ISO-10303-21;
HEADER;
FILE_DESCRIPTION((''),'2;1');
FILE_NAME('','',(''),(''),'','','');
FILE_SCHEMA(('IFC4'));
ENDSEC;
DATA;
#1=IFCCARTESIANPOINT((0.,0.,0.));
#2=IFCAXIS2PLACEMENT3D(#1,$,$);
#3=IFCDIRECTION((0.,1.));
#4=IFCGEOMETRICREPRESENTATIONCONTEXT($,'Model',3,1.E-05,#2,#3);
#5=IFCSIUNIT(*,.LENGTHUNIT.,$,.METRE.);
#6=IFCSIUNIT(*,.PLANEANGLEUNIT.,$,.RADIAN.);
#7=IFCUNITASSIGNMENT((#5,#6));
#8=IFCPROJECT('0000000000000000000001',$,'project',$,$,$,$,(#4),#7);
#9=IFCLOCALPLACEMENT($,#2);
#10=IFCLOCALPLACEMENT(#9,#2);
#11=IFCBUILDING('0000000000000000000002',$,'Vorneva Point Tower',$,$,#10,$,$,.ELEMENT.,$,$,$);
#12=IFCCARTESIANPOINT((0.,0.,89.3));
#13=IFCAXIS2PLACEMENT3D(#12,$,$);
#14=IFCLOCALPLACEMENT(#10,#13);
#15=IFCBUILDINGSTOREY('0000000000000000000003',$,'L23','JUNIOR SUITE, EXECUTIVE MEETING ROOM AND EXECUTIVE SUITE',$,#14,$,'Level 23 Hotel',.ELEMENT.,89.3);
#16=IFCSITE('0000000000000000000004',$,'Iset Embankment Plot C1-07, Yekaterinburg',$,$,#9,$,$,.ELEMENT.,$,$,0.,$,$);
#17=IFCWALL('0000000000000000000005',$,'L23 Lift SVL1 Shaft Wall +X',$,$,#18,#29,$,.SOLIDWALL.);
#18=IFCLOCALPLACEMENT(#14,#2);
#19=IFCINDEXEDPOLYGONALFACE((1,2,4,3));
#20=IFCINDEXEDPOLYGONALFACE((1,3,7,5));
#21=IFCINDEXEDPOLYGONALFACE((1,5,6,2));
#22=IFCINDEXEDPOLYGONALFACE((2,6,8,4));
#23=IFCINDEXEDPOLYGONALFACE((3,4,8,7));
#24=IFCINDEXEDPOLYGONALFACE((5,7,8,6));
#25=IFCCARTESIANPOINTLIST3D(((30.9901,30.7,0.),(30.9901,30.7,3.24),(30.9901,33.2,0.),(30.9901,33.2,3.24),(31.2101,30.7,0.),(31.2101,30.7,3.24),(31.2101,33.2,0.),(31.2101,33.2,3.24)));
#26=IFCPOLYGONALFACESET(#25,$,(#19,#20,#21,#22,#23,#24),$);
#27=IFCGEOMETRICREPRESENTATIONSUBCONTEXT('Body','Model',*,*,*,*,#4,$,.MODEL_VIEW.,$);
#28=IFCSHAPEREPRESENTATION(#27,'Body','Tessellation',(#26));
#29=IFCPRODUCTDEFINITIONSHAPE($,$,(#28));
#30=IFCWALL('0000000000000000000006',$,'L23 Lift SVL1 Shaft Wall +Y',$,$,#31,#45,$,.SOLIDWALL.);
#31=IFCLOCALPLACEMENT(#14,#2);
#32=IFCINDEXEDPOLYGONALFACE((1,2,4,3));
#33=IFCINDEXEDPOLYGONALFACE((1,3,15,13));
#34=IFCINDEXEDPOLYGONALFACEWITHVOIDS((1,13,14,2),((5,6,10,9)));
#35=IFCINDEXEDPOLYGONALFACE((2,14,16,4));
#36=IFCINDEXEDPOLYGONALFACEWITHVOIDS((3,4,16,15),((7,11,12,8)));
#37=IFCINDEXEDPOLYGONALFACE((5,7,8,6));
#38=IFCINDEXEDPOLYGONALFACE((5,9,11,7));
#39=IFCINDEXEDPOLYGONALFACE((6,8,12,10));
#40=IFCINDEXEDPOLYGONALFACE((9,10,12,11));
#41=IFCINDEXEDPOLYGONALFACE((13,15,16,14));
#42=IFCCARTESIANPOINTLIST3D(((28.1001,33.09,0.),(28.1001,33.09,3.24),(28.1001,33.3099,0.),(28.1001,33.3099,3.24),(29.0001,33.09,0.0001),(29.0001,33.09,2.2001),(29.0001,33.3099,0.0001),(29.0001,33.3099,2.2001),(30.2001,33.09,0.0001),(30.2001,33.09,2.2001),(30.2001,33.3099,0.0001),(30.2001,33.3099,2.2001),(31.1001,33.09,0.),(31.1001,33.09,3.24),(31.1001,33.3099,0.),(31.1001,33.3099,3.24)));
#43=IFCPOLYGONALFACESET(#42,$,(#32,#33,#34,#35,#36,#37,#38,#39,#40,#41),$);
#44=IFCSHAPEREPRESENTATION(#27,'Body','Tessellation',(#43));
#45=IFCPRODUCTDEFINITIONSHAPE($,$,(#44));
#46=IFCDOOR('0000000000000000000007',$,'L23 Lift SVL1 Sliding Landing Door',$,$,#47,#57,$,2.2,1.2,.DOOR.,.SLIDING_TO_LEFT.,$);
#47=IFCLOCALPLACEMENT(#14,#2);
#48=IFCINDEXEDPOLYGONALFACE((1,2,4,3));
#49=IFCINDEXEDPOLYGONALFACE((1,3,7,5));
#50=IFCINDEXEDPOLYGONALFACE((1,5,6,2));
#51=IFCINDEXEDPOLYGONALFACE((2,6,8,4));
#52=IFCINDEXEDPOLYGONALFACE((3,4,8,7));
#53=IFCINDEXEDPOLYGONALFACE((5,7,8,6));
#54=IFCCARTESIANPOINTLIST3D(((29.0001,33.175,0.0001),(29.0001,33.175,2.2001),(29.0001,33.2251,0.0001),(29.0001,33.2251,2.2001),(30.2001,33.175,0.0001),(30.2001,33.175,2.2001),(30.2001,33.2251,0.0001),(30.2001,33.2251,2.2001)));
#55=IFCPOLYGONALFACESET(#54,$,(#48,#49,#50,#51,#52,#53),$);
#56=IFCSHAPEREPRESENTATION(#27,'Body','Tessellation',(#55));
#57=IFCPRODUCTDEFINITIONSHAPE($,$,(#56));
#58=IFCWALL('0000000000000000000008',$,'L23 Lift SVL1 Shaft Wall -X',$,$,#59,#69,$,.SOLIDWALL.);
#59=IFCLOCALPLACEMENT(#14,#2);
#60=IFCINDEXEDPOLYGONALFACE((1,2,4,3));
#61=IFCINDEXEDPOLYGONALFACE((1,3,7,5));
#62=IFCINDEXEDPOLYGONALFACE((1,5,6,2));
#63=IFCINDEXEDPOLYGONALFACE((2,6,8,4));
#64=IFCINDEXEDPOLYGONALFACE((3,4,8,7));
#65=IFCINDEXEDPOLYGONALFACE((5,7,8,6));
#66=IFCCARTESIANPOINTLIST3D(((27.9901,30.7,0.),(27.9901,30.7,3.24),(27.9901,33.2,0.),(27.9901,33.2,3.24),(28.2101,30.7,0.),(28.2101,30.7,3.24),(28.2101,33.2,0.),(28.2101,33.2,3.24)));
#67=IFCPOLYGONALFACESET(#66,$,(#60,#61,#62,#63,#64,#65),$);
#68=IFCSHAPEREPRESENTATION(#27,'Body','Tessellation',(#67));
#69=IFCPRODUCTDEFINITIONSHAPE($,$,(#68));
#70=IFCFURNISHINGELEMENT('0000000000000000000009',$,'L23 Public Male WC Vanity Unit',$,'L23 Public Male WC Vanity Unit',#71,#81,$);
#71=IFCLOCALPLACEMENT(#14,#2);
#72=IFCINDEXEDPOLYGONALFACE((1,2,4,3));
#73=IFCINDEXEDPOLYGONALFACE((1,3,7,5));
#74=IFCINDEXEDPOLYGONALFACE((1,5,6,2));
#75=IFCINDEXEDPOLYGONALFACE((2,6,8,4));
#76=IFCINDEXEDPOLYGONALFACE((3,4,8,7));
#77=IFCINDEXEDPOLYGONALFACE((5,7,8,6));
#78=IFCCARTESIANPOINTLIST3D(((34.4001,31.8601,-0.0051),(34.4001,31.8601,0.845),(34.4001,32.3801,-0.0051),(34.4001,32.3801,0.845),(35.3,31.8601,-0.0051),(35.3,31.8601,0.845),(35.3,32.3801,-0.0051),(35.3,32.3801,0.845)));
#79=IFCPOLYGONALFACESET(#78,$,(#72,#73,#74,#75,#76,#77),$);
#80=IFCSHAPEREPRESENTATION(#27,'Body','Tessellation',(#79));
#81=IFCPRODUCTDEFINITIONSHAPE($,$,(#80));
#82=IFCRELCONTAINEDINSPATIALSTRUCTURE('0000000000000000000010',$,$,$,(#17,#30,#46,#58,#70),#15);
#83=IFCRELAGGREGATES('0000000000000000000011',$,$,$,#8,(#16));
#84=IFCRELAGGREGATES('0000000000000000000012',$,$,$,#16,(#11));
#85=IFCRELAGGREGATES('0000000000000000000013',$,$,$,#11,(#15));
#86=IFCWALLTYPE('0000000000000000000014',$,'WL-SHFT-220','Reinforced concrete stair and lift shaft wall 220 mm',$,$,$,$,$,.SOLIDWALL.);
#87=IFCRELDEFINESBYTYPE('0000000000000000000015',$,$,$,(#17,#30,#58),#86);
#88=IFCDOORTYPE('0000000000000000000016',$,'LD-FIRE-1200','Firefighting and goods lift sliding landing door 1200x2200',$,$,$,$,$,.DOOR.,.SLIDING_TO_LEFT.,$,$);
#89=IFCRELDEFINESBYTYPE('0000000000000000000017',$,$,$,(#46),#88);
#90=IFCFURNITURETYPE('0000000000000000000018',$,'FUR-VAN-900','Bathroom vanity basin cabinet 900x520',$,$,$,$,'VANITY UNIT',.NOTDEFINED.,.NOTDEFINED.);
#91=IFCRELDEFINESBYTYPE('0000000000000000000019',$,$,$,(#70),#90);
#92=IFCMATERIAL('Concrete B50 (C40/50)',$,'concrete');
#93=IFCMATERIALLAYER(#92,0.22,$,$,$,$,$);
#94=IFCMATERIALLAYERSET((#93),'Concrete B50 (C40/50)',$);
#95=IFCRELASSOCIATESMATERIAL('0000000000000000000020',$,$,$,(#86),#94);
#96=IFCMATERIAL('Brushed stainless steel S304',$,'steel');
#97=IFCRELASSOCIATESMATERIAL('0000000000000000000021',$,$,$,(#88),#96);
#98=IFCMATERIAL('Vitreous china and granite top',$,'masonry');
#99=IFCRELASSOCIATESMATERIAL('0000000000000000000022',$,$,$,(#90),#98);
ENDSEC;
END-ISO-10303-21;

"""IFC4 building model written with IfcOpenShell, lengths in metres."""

from ifc_helpers import new_model, si_unit, direction, frame, frame_2d, origin, origin_2d, place, context, subcontext, project, spatial, rectangle, extrude, material, layer, layer_set, type_object, element, fill, save


model = new_model("IFC4")

# Units and contexts
model_context = context("Model", 3, precision=1e-05, world=origin(), true_north=direction((0.0, 1.0)))
body_context = subcontext(model_context, "Body", "Model", "MODEL_VIEW")
ifc_project = project(units=[si_unit("LENGTHUNIT", "METRE"), si_unit("PLANEANGLEUNIT", "RADIAN")], contexts=[model_context])

# Site, building, storey
site_placement = place(None, origin())
site = spatial("IfcSite", under=ifc_project, at=site_placement, Name="Iset Embankment Plot C1-07, Yekaterinburg", CompositionType="ELEMENT", RefElevation=0.0)
building_placement = place(site_placement, origin())
building = spatial("IfcBuilding", under=site, at=building_placement, Name="Vorneva Point Tower", CompositionType="ELEMENT")
storey_placement = place(building_placement, frame((0.0, 0.0, 89.3)))
storey = spatial("IfcBuildingStorey", under=building, at=storey_placement, Name="L23", Description="JUNIOR SUITE, EXECUTIVE MEETING ROOM AND EXECUTIVE SUITE", LongName="Level 23 Hotel", CompositionType="ELEMENT", Elevation=89.3)

# Wall
ifc_material_1 = material(Name="Concrete B50 (C40/50)", Category="concrete")
ifc_layer_1 = layer(ifc_material_1, 0.22)
ifc_layer_set_1 = layer_set([ifc_layer_1], Name="Concrete B50 (C40/50)")
wall_type_1 = type_object("IfcWallType", Name="WL-SHFT-220", Description="Reinforced concrete stair and lift shaft wall 220 mm", PredefinedType="SOLIDWALL", material=ifc_layer_set_1)
wall_1_placement = place(storey_placement, frame((31.1001, 30.7, 0.0), z_axis=(0.0, 0.0, 1.0), x_axis=(0.0, 1.0, 0.0)))
element("IfcWall", 1, at=wall_1_placement, inside=storey, type_object=wall_type_1, Name="L23 Lift SVL1 Shaft Wall +X", PredefinedType="SOLIDWALL", context=body_context, shape_type="SweptSolid", body=[
    extrude(rectangle(XDim=2.5, YDim=0.22, at=frame_2d((1.25, 0.0))), origin(), (0.0, 0.0, 1.0), 3.24),
])

# Wall, opening, door
wall_2_placement = place(storey_placement, frame((31.1001, 33.2, 0.0), z_axis=(0.0, 0.0, 1.0), x_axis=(-1.0, 0.0, 0.0)))
wall_2 = element("IfcWall", 2, at=wall_2_placement, inside=storey, type_object=wall_type_1, Name="L23 Lift SVL1 Shaft Wall +Y", PredefinedType="SOLIDWALL", context=body_context, shape_type="SweptSolid", body=[
    extrude(rectangle(XDim=3.0, YDim=0.22, at=frame_2d((1.5, 0.0))), origin(), (0.0, 0.0, 1.0), 3.24),
])
opening_1_placement = place(wall_2_placement, frame((0.8999, 0.0, 0.0)))
opening_1 = element("IfcOpeningElement", 3, at=opening_1_placement, cuts=wall_2, PredefinedType="OPENING", context=body_context, shape_type="SweptSolid", body=[
    extrude(rectangle(XDim=1.2, YDim=2.2, at=frame_2d((0.6001, 1.1001))), frame((0.0, 0.125, 0.0), z_axis=(0.0, -1.0, 0.0), x_axis=(1.0, 0.0, 0.0)), (0.0, 0.0, 1.0), 0.2498),
])
ifc_material_2 = material(Name="Brushed stainless steel S304", Category="steel")
door_type_1 = type_object("IfcDoorType", Name="LD-FIRE-1200", Description="Firefighting and goods lift sliding landing door 1200x2200", OperationType="SLIDING_TO_LEFT", PredefinedType="DOOR", material=ifc_material_2)
door_1_placement = place(opening_1_placement, origin())
door_1 = element("IfcDoor", 4, at=door_1_placement, inside=storey, type_object=door_type_1, Name="L23 Lift SVL1 Sliding Landing Door", OperationType="SLIDING_TO_LEFT", OverallHeight=2.2, OverallWidth=1.2, PredefinedType="DOOR", context=body_context, shape_type="SweptSolid", body=[
    extrude(rectangle(XDim=1.2, YDim=2.2, at=frame_2d((0.6001, 1.1001))), frame((0.0, 0.0249, 0.0), z_axis=(0.0, -1.0, 0.0), x_axis=(1.0, 0.0, 0.0)), (0.0, 0.0, 1.0), 0.05),
])
fill(opening_1, door_1)

# Wall
wall_3_placement = place(storey_placement, frame((28.1001, 33.2, 0.0), z_axis=(0.0, 0.0, 1.0), x_axis=(0.0, -1.0, 0.0)))
element("IfcWall", 5, at=wall_3_placement, inside=storey, type_object=wall_type_1, Name="L23 Lift SVL1 Shaft Wall -X", PredefinedType="SOLIDWALL", context=body_context, shape_type="SweptSolid", body=[
    extrude(rectangle(XDim=2.5, YDim=0.22, at=frame_2d((1.25, 0.0))), origin(), (0.0, 0.0, 1.0), 3.24),
])

# Furnishing element
ifc_material_3 = material(Name="Vitreous china and granite top", Category="masonry")
furniture_type = type_object("IfcFurnitureType", Name="FUR-VAN-900", Description="Bathroom vanity basin cabinet 900x520", ElementType="VANITY UNIT", AssemblyPlace="NOTDEFINED", PredefinedType="NOTDEFINED", material=ifc_material_3)
furnishing_placement = place(storey_placement, frame((34.8501, 32.1201, -0.0051), z_axis=(0.0, 0.0, 1.0), x_axis=(1.0, 0.0, 0.0)))
element("IfcFurnishingElement", 6, at=furnishing_placement, inside=storey, type_object=furniture_type, Name="L23 Public Male WC Vanity Unit", ObjectType="L23 Public Male WC Vanity Unit", context=body_context, shape_type="SweptSolid", body=[
    extrude(rectangle(XDim=0.8999, YDim=0.52, at=origin_2d()), origin(), (0.0, 0.0, 1.0), 0.8501),
])

save(model, "model.ifc")
